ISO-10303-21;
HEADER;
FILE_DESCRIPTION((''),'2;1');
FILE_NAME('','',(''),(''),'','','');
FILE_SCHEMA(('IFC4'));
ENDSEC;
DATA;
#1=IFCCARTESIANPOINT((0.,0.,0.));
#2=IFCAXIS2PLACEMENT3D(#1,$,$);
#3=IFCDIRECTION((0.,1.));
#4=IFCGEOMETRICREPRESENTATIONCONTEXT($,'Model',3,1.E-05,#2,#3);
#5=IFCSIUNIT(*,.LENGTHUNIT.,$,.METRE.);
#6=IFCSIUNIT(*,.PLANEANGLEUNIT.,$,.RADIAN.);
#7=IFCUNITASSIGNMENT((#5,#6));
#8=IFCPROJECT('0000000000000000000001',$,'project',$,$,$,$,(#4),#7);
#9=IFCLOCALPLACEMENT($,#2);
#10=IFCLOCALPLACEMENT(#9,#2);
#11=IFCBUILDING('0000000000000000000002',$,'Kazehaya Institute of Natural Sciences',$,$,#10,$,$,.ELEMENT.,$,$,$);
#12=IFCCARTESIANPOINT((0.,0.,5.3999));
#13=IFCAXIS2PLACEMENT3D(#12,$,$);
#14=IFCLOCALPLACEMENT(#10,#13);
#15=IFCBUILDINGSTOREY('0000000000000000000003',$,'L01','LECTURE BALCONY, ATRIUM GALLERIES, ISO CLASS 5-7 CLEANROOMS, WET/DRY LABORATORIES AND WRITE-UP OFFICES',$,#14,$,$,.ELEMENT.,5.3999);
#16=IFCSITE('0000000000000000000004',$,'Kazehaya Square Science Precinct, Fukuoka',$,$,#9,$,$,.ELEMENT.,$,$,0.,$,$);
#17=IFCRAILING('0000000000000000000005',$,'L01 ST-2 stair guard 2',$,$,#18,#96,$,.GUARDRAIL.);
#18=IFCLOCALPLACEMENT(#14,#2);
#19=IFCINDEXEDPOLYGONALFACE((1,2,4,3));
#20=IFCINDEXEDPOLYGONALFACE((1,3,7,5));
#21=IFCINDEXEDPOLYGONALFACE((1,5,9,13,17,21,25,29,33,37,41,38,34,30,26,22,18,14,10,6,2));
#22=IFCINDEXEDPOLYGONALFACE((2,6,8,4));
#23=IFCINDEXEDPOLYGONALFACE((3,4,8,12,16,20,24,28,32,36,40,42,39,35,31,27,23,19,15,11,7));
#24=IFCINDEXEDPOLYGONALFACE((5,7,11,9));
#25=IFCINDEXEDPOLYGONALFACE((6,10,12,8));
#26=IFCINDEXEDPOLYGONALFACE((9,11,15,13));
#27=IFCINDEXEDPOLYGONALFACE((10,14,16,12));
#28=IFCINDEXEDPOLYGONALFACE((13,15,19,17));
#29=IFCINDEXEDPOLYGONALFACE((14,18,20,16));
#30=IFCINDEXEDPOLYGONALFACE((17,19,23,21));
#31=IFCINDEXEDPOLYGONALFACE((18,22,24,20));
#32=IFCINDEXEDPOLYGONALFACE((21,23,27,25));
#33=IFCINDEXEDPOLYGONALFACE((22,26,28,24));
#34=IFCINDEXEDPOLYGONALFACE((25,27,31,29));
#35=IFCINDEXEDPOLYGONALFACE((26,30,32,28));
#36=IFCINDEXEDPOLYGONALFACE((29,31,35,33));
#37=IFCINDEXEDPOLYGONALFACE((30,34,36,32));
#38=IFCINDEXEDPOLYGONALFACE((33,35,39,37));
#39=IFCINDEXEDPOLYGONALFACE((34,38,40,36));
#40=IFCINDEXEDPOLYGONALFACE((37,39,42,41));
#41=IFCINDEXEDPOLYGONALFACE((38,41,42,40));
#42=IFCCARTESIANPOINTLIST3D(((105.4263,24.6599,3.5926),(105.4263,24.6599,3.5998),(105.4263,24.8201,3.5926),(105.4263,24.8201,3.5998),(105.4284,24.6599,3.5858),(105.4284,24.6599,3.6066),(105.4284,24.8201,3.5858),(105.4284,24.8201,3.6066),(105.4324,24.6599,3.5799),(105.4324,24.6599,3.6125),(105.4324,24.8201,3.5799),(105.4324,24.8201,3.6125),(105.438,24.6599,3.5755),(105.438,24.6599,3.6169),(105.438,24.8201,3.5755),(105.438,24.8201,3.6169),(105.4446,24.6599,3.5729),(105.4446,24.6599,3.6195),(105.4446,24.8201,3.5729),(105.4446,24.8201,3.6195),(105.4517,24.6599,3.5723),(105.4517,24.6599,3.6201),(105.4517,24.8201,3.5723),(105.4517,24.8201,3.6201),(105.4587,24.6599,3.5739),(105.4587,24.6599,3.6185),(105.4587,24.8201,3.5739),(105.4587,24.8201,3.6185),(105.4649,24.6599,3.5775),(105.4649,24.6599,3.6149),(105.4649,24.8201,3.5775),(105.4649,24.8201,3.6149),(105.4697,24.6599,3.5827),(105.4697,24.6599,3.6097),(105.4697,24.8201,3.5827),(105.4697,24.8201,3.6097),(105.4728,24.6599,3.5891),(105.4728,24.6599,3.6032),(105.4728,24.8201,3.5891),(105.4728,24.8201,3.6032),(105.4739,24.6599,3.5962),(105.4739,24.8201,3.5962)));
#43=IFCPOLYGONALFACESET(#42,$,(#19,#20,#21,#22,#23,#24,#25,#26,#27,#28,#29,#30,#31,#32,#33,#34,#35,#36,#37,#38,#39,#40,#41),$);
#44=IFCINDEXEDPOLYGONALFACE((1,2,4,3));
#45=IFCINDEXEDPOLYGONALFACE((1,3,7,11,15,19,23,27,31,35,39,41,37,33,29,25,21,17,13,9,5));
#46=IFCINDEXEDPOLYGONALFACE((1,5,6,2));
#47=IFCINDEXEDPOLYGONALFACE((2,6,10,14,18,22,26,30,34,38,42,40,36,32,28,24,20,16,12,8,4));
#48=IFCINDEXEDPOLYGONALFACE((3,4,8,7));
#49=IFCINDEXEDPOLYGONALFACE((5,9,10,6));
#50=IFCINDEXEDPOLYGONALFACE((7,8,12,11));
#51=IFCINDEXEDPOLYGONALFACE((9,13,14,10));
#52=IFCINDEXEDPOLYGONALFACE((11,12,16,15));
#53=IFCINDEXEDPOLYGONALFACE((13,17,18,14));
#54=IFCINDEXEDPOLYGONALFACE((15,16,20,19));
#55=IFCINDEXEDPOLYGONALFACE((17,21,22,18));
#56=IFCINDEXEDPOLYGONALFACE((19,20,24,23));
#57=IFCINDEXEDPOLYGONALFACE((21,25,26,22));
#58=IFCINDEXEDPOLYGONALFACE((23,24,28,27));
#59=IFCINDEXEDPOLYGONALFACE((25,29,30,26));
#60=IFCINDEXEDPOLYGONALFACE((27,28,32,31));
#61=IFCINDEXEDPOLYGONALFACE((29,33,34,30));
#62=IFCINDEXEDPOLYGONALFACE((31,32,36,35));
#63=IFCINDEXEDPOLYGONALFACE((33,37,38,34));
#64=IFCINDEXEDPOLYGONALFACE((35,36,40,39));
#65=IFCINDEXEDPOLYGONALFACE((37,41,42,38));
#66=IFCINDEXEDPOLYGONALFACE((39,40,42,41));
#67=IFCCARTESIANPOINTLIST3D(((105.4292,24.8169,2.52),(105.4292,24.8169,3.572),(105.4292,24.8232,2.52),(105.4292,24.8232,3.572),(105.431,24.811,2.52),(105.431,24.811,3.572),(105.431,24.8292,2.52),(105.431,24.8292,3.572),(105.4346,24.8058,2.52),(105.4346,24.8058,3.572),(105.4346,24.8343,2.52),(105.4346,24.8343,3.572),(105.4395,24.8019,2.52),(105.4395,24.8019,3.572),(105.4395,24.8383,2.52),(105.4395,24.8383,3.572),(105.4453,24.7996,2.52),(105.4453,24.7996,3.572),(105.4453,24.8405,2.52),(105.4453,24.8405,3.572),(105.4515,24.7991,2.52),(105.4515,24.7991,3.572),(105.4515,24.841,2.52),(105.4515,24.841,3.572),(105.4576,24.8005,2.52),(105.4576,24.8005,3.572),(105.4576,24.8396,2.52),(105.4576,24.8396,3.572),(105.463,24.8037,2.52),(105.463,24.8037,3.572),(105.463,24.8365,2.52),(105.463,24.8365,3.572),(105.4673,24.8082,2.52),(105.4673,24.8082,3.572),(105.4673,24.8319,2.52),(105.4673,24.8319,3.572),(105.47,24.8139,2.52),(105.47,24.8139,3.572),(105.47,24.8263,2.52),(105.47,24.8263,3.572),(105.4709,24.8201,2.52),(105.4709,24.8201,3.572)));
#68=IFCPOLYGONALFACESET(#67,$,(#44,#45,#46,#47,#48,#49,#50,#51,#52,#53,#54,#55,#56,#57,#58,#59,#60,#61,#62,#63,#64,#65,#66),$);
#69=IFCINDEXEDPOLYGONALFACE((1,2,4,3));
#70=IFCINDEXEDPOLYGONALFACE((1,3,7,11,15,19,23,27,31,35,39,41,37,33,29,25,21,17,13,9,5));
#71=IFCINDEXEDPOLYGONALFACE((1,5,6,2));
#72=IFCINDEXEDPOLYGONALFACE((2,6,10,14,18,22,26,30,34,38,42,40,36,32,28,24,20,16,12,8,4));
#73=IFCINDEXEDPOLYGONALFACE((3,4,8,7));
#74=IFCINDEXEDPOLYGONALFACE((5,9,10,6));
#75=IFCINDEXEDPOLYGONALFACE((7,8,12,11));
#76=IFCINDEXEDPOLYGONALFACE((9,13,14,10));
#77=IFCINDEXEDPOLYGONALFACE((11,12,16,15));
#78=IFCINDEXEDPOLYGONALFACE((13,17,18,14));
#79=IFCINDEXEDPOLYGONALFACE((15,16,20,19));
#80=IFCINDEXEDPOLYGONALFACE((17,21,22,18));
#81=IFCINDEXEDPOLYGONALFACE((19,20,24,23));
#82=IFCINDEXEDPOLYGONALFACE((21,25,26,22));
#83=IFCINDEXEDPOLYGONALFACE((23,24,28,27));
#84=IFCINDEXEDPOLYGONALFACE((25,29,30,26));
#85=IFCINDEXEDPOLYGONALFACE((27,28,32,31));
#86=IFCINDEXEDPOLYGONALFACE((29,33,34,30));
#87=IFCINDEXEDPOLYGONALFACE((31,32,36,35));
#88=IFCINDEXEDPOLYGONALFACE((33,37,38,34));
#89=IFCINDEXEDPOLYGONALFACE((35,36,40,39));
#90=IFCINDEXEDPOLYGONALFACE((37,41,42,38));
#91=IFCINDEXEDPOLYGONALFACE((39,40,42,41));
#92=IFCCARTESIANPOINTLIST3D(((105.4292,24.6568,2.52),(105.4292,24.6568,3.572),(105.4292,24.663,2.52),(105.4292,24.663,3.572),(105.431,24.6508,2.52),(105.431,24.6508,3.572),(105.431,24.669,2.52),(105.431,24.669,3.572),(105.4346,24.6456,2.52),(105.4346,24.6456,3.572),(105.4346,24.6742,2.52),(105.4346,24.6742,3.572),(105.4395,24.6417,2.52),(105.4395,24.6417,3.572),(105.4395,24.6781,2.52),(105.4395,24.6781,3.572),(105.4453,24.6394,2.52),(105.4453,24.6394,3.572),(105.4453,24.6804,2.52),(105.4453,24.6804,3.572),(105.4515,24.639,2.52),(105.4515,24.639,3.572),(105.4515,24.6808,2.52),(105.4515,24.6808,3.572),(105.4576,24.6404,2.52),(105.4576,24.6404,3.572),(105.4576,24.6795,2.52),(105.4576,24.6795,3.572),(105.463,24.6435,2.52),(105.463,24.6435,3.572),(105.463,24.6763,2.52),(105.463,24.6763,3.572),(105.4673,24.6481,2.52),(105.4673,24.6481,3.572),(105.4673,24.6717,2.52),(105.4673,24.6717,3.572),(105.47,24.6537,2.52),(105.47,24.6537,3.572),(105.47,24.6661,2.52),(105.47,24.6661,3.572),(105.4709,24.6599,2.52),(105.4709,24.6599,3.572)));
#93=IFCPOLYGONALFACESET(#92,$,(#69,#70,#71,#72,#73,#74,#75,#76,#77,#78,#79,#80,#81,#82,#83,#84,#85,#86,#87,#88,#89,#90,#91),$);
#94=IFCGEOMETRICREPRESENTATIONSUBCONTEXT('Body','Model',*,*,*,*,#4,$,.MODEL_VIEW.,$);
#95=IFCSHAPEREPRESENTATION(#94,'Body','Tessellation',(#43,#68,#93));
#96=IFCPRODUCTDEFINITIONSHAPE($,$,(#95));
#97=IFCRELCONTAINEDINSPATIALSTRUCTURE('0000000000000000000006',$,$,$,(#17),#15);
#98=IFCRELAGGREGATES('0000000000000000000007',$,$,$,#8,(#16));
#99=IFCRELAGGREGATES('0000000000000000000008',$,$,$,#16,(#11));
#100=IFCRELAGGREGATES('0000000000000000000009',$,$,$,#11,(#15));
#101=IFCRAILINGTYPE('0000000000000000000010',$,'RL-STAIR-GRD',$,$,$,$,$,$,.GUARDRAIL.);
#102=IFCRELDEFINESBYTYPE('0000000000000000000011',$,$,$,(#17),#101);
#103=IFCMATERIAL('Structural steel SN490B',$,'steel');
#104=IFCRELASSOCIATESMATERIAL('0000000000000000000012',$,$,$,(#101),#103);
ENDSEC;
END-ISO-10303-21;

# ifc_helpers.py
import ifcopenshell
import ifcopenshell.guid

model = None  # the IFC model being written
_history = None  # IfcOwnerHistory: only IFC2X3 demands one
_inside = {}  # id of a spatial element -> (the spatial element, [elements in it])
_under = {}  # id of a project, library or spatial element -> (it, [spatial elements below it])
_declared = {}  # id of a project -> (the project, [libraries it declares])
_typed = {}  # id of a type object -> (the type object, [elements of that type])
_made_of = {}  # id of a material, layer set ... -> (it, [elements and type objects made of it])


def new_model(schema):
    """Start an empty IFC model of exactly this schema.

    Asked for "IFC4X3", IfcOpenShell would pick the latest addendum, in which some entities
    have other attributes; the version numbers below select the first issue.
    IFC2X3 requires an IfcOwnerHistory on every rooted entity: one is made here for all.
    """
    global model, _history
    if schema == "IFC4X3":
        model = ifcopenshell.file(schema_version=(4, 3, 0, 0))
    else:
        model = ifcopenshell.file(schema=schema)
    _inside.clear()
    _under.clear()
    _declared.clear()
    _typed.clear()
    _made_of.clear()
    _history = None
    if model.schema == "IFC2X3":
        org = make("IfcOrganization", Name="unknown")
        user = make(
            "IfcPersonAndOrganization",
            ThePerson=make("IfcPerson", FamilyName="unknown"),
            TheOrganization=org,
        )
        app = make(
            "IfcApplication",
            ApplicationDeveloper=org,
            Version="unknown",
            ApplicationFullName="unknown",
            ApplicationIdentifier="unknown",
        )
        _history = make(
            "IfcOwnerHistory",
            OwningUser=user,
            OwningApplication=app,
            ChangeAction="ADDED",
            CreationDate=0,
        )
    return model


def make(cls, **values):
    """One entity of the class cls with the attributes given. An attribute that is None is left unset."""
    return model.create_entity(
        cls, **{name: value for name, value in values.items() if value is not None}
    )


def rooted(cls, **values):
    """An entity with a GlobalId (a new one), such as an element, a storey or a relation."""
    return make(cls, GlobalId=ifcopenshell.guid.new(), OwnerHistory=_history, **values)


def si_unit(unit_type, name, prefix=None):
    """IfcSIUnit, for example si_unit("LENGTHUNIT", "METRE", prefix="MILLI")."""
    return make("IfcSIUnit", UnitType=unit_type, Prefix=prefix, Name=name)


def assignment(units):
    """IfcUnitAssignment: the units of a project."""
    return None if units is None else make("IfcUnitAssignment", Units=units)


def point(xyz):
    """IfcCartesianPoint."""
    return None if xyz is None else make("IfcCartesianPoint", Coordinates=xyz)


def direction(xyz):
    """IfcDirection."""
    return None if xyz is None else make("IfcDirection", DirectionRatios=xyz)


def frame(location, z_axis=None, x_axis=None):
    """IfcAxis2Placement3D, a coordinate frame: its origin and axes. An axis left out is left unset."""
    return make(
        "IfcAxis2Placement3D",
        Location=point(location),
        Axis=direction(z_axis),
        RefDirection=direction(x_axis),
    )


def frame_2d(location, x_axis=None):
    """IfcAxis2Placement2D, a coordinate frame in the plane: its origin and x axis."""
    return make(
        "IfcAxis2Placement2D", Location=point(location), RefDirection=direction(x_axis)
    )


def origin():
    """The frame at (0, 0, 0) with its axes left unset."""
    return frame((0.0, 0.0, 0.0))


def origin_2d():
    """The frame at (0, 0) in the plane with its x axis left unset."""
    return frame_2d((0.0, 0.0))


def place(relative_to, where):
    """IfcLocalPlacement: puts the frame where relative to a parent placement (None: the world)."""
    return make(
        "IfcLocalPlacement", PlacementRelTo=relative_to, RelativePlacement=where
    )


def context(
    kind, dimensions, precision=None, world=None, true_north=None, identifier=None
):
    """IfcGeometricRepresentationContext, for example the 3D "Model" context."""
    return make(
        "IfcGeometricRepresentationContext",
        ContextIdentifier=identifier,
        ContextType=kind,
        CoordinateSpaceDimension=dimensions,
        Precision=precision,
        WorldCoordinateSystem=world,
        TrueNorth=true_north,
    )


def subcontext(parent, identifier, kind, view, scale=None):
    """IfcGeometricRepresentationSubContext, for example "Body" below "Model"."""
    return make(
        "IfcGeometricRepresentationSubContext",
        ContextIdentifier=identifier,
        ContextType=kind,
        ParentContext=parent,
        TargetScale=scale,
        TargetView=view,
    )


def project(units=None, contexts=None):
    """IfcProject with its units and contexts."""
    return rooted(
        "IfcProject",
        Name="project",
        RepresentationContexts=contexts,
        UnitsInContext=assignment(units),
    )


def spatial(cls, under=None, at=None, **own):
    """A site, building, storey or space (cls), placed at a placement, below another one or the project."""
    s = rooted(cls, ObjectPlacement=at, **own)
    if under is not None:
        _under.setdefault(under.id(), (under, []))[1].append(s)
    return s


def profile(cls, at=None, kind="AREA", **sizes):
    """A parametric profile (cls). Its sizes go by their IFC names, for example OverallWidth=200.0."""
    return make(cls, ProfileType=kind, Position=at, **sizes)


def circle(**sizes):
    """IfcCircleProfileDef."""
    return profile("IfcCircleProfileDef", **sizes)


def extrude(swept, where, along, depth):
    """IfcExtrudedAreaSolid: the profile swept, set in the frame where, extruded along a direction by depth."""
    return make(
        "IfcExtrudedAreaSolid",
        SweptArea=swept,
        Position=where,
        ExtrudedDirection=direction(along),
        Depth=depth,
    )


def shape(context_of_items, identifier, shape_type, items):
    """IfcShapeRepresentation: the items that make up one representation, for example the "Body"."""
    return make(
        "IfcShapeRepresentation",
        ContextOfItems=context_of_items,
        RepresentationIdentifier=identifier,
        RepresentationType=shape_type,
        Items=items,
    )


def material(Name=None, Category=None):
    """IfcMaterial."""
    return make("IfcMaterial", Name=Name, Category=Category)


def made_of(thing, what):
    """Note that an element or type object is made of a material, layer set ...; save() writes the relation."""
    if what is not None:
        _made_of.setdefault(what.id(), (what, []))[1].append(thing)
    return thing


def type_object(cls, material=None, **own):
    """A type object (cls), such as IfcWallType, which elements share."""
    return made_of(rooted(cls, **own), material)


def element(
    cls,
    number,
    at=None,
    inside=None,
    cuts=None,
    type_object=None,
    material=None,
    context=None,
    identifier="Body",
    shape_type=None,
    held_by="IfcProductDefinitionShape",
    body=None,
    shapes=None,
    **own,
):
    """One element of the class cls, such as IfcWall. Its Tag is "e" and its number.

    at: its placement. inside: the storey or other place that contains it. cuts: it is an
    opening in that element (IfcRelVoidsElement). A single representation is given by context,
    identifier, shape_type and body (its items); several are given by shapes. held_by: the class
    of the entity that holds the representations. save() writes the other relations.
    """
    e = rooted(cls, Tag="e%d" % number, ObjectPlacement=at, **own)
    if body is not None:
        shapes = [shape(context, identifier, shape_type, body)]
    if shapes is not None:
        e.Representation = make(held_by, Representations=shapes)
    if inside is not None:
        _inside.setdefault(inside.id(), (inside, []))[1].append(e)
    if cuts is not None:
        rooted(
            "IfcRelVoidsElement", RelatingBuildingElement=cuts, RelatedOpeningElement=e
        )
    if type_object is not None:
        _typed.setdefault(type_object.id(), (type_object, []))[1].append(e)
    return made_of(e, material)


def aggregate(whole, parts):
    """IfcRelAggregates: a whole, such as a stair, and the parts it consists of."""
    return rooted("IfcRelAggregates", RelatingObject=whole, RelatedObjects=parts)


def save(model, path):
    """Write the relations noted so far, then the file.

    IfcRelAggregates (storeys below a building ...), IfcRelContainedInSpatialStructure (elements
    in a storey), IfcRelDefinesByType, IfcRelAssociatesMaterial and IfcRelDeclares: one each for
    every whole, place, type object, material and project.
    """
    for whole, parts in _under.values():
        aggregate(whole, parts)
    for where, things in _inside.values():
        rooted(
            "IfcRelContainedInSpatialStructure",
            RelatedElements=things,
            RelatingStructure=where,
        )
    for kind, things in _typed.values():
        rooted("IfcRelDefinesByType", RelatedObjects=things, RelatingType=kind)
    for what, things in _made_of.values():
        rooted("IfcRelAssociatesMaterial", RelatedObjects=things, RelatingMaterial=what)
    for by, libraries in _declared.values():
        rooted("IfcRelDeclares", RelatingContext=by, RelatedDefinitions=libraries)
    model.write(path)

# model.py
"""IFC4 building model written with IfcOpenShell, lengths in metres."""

from ifc_helpers import new_model, si_unit, direction, frame, origin, origin_2d, place, context, subcontext, project, spatial, circle, extrude, material, type_object, element, save


model = new_model("IFC4")

# Units and contexts
model_context = context("Model", 3, precision=1e-05, world=origin(), true_north=direction((0.0, 1.0)))
body_context = subcontext(model_context, "Body", "Model", "MODEL_VIEW")
ifc_project = project(units=[si_unit("LENGTHUNIT", "METRE"), si_unit("PLANEANGLEUNIT", "RADIAN")], contexts=[model_context])

# Site, building, storey
site_placement = place(None, origin())
site = spatial("IfcSite", under=ifc_project, at=site_placement, Name="Kazehaya Square Science Precinct, Fukuoka", CompositionType="ELEMENT", RefElevation=0.0)
building_placement = place(site_placement, origin())
building = spatial("IfcBuilding", under=site, at=building_placement, Name="Kazehaya Institute of Natural Sciences", CompositionType="ELEMENT")
storey_placement = place(building_placement, frame((0.0, 0.0, 5.3999)))
storey = spatial("IfcBuildingStorey", under=building, at=storey_placement, Name="L01", Description="LECTURE BALCONY, ATRIUM GALLERIES, ISO CLASS 5-7 CLEANROOMS, WET/DRY LABORATORIES AND WRITE-UP OFFICES", CompositionType="ELEMENT", Elevation=5.3999)

# Railing
ifc_material_1 = material(Name="Structural steel SN490B", Category="steel")
railing_type_1 = type_object("IfcRailingType", Name="RL-STAIR-GRD", PredefinedType="GUARDRAIL", material=ifc_material_1)
railing_1_placement = place(storey_placement, frame((105.45, 24.8201, 2.52)))
element("IfcRailing", 1, at=railing_1_placement, inside=storey, type_object=railing_type_1, Name="L01 ST-2 stair guard 2", PredefinedType="GUARDRAIL", context=body_context, shape_type="SweptSolid", body=[
    extrude(circle(Radius=0.0239, at=origin_2d()), frame((0.0, 0.0, 1.0762), z_axis=(0.0, -1.0, 0.0), x_axis=(1.0, 0.0, 0.0)), (0.0, 0.0, 1.0), 0.1602),
    extrude(circle(Radius=0.021, at=origin_2d()), origin(), (0.0, 0.0, 1.0), 1.052),
    extrude(circle(Radius=0.021, at=origin_2d()), frame((0.0, -0.1602, 0.0)), (0.0, 0.0, 1.0), 1.052),
])

save(model, "model.ifc")
